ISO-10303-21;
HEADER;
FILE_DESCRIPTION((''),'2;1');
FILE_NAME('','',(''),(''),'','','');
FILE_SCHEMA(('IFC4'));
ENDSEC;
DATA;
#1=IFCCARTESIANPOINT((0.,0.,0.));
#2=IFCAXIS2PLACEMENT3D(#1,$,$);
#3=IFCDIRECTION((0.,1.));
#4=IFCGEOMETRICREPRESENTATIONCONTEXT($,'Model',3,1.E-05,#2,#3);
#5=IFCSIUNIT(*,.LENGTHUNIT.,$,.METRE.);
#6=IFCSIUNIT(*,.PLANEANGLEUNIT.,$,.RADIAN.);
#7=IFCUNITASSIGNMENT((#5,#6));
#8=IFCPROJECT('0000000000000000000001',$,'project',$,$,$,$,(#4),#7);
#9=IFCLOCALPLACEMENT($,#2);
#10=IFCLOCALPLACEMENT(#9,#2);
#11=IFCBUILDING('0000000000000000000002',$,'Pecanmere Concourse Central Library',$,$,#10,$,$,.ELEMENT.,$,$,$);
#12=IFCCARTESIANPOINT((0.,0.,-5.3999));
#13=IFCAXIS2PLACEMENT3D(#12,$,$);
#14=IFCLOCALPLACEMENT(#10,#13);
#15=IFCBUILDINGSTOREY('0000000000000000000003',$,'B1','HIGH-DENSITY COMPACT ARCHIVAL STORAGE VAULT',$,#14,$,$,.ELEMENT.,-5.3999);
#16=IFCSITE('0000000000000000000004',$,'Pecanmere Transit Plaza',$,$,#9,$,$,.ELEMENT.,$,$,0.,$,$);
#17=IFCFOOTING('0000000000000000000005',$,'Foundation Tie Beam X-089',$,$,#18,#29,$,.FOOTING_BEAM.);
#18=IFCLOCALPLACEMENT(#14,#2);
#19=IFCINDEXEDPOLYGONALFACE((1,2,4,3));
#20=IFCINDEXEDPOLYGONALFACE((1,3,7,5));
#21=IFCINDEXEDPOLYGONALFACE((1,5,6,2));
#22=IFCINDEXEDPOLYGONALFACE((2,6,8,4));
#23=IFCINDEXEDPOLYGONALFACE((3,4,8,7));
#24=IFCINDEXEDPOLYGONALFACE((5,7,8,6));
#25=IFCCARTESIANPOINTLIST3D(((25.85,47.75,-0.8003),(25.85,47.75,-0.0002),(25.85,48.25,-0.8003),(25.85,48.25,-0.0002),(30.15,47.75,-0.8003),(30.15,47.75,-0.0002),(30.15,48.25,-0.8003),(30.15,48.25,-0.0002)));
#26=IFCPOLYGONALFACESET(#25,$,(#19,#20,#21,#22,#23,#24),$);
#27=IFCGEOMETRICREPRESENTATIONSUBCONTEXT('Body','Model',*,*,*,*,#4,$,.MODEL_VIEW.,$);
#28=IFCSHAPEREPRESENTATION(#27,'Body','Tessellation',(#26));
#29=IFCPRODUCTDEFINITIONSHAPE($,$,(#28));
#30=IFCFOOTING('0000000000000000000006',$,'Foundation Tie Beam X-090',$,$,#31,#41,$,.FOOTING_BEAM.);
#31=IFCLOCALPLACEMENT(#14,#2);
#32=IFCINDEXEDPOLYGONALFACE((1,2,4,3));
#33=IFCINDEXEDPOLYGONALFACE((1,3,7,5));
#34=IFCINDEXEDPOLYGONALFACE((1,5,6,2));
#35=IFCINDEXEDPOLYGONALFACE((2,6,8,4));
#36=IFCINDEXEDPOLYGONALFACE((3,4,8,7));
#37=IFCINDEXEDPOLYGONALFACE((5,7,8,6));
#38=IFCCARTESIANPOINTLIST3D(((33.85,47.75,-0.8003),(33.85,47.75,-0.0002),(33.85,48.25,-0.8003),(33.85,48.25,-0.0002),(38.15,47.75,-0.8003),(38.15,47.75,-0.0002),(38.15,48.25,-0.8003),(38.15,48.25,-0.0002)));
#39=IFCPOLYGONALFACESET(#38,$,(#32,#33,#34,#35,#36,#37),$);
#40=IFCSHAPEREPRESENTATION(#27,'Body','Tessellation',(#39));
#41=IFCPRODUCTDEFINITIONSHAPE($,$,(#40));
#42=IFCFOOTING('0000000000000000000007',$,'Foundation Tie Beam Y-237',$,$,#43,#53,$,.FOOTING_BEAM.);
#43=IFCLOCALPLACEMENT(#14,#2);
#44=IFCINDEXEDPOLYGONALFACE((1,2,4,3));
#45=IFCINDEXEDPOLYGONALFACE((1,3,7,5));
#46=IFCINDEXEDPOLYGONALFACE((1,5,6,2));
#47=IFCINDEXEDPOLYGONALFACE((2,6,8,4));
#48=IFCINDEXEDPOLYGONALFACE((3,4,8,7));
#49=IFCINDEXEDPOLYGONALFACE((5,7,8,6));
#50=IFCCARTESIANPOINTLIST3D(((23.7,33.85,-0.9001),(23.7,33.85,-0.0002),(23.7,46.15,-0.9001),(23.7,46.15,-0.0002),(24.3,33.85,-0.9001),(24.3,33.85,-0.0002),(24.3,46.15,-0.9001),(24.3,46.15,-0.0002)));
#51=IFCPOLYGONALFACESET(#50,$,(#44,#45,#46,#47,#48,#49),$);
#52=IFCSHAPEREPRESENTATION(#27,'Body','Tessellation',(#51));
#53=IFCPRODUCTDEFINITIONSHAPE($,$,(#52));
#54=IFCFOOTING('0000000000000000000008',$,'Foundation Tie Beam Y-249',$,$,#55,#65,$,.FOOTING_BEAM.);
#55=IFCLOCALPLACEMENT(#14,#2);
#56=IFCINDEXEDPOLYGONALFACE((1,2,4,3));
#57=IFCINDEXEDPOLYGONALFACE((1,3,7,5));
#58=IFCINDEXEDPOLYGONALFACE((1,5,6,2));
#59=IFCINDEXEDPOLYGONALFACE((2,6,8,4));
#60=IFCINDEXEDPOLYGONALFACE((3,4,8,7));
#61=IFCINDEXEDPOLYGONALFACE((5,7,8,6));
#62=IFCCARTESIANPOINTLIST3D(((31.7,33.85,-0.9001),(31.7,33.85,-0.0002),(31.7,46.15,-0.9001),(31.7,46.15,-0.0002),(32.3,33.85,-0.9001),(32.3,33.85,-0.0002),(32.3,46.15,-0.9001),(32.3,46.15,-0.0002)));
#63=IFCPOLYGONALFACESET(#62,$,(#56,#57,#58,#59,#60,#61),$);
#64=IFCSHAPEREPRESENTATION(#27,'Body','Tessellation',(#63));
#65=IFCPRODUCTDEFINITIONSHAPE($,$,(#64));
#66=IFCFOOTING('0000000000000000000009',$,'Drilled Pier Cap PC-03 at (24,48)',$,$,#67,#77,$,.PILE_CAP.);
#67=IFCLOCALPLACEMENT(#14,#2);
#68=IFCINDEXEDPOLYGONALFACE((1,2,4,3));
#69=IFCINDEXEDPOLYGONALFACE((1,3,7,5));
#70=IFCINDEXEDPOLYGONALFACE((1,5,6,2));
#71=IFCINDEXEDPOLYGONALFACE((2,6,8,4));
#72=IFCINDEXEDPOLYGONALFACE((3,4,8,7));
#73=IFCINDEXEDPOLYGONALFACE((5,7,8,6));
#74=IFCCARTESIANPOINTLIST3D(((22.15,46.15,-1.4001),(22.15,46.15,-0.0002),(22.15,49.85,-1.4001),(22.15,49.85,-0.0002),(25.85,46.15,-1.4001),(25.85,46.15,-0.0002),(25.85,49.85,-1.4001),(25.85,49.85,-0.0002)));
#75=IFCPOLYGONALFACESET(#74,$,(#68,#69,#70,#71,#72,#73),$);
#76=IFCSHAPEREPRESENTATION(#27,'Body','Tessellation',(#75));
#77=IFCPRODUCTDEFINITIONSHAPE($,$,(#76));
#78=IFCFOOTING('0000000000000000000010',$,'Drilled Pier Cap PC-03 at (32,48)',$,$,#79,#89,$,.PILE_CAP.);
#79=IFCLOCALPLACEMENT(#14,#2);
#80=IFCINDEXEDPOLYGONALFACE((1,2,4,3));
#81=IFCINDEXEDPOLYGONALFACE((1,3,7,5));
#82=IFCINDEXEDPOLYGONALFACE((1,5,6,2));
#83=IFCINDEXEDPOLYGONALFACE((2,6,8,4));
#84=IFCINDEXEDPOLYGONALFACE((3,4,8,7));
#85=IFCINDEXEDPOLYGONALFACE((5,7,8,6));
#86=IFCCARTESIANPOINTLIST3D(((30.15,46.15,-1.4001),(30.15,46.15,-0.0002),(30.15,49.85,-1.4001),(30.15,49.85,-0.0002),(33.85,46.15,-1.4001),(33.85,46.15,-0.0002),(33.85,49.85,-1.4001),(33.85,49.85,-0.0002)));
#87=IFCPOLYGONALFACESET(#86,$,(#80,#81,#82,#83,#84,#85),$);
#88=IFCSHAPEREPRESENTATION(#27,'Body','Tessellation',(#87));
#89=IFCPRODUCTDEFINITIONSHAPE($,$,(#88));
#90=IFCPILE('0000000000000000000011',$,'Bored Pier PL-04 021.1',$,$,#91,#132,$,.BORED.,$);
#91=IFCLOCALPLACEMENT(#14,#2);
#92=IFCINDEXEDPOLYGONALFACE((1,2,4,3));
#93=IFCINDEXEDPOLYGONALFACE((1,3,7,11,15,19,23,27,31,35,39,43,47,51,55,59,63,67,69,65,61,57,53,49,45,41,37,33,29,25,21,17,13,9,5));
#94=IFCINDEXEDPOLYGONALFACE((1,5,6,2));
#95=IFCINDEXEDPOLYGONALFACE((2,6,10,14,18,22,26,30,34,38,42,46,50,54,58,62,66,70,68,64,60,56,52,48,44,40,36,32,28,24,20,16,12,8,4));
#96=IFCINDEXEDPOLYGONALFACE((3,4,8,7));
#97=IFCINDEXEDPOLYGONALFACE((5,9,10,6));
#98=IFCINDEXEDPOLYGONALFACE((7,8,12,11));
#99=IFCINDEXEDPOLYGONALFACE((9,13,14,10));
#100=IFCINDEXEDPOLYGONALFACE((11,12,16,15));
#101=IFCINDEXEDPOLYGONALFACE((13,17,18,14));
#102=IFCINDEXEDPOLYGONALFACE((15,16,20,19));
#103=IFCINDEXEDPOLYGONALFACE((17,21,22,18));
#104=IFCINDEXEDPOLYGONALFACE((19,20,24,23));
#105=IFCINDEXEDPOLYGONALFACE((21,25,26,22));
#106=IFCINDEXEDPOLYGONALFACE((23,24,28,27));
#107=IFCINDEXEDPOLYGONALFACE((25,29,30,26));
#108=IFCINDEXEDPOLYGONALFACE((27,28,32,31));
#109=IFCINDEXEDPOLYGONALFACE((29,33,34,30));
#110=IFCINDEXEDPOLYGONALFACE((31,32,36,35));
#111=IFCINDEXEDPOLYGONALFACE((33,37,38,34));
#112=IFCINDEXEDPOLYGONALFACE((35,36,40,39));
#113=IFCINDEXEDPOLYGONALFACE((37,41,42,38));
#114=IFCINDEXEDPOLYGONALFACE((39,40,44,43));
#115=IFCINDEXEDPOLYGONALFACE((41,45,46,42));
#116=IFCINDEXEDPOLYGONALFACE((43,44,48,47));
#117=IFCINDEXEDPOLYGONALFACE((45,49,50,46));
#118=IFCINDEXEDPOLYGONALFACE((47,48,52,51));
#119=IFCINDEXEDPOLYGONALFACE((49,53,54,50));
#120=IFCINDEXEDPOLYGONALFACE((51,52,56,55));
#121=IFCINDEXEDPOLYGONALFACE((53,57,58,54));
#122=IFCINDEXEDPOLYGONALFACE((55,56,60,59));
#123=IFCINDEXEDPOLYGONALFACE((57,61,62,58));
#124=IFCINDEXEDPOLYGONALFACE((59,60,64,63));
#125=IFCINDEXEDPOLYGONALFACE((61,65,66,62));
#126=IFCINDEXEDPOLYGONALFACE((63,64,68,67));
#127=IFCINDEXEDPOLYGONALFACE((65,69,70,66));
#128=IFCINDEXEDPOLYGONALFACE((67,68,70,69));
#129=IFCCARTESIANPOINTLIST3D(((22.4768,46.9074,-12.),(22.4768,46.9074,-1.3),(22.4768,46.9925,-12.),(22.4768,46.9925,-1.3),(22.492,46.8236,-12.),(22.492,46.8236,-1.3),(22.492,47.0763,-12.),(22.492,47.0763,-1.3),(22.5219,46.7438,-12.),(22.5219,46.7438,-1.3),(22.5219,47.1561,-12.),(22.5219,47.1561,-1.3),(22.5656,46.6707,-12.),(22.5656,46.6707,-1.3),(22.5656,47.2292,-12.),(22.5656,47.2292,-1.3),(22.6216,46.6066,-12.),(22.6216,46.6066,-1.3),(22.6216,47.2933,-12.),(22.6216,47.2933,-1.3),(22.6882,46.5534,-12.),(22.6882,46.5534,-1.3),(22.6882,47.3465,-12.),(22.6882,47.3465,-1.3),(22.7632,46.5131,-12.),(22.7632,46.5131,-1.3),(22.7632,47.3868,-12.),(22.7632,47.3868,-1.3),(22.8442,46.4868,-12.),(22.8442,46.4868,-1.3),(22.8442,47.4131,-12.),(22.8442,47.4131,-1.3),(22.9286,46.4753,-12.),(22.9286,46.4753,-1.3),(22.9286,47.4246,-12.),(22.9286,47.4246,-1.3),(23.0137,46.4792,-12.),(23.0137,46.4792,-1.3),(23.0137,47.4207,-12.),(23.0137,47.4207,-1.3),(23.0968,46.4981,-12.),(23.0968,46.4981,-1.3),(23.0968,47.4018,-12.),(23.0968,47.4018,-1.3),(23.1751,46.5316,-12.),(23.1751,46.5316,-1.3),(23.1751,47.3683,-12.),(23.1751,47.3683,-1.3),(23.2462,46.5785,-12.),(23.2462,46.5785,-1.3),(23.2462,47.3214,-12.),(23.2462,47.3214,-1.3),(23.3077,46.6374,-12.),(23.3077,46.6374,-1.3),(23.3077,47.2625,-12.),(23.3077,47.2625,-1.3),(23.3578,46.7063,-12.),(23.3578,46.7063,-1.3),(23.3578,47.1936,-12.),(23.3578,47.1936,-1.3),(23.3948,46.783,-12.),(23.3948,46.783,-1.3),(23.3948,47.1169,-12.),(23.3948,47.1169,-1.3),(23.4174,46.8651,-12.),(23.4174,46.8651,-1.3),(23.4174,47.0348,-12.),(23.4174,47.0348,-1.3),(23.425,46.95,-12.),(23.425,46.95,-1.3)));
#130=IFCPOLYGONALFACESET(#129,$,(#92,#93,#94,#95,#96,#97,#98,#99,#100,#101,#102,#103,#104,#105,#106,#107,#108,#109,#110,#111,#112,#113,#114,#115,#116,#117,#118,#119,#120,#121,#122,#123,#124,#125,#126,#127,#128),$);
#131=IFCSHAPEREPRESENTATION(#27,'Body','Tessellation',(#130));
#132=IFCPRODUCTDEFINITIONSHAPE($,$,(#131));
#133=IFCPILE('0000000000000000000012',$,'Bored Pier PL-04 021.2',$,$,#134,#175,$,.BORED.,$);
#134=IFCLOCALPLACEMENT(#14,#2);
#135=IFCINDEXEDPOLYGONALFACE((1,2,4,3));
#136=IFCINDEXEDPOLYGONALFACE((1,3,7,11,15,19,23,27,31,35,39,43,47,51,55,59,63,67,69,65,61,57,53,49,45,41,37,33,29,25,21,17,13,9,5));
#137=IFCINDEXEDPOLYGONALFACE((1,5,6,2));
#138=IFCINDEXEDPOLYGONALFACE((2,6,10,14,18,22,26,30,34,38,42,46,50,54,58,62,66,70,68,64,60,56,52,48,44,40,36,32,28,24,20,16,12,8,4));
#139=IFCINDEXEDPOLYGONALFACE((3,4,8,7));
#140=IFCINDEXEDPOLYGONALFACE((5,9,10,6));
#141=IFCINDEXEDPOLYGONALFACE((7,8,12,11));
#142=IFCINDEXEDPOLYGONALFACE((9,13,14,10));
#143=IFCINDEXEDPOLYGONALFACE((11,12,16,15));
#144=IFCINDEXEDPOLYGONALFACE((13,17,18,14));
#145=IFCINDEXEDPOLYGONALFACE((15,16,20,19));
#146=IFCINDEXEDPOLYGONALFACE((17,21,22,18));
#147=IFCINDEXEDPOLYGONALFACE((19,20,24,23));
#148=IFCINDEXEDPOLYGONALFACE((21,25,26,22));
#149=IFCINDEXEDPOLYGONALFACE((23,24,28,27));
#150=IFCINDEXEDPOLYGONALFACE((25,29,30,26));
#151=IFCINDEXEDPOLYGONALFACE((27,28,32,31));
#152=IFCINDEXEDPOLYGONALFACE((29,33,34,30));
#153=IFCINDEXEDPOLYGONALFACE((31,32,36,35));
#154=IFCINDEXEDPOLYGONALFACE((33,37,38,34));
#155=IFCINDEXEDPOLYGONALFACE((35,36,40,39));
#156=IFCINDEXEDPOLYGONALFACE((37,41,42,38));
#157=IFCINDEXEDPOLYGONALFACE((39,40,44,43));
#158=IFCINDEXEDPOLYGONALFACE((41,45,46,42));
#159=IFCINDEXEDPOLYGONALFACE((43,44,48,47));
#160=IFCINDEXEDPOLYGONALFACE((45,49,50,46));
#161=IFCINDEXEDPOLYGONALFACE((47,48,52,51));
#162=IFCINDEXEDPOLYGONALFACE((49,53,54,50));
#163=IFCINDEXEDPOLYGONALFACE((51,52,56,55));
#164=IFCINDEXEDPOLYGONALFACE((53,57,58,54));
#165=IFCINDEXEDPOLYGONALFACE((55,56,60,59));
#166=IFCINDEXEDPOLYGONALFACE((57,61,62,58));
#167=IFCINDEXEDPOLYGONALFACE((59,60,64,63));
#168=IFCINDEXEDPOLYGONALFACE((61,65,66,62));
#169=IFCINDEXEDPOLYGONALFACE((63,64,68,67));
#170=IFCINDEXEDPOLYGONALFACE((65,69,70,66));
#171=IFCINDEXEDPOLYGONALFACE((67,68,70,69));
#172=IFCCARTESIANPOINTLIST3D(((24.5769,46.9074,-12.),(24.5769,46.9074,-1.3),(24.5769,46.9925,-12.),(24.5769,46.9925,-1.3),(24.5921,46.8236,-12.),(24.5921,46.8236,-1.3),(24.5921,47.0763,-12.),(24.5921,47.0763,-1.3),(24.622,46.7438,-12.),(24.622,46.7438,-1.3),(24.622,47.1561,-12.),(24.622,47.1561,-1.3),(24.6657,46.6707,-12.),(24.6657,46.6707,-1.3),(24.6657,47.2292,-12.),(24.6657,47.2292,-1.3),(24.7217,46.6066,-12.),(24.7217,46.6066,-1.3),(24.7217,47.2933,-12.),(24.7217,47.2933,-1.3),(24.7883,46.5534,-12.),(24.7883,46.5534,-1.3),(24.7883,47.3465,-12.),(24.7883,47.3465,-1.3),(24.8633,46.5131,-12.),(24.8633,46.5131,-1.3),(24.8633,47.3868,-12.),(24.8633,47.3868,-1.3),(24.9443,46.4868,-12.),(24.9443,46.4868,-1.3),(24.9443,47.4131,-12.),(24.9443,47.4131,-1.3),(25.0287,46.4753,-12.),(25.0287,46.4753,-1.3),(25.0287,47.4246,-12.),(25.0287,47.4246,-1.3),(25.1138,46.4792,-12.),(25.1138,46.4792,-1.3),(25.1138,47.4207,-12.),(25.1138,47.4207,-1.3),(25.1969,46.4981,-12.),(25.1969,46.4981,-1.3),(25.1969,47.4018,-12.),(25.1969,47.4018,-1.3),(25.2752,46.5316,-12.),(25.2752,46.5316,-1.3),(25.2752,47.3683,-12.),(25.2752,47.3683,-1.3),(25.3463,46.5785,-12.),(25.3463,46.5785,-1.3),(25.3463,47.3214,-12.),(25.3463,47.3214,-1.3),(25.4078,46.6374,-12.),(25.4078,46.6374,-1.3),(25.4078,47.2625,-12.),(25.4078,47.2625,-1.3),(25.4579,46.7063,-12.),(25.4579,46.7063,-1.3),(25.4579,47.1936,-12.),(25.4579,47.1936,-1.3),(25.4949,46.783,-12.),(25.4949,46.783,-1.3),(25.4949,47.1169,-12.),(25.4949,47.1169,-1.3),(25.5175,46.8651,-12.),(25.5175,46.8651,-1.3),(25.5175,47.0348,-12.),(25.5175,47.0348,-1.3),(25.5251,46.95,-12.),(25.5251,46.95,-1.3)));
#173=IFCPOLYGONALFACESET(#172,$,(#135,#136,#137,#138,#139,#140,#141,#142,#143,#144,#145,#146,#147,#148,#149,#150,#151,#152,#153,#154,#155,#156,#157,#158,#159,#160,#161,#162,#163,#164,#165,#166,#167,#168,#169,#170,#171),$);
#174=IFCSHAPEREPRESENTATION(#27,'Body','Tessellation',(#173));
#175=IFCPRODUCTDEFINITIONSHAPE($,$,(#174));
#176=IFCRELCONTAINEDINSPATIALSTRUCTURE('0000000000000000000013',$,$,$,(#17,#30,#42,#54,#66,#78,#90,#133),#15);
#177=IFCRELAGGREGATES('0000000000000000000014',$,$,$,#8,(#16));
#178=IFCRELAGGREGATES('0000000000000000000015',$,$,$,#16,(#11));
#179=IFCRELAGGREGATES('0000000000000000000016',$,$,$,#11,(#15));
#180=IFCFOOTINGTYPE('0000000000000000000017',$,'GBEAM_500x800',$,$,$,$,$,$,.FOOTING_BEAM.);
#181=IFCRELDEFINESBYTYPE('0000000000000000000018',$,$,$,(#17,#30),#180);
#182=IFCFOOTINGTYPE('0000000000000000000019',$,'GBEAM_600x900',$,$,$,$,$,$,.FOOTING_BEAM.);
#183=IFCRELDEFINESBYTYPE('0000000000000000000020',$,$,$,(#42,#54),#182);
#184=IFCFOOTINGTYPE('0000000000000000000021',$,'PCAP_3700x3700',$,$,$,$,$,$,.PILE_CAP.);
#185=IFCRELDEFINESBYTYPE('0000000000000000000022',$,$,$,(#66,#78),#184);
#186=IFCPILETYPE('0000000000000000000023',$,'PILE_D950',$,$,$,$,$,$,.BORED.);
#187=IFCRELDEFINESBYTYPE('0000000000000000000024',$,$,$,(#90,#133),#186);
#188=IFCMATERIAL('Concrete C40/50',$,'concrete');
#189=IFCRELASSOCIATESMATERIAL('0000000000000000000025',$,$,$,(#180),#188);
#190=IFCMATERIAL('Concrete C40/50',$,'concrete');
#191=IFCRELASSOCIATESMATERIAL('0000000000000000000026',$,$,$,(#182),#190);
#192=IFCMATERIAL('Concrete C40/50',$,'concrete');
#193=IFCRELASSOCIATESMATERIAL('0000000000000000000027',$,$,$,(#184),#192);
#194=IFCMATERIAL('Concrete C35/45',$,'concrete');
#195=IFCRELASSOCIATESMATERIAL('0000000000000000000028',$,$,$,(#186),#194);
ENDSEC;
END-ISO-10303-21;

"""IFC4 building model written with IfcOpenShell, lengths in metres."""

from ifc_helpers import new_model, si_unit, direction, frame, origin, origin_2d, place, context, subcontext, project, spatial, rectangle, circle, extrude, material, material_profile, profile_set, type_object, element, save


model = new_model("IFC4")

# Units and contexts
model_context = context("Model", 3, precision=1e-05, world=origin(), true_north=direction((0.0, 1.0)))
body_context = subcontext(model_context, "Body", "Model", "MODEL_VIEW")
ifc_project = project(units=[si_unit("LENGTHUNIT", "METRE"), si_unit("PLANEANGLEUNIT", "RADIAN")], contexts=[model_context])

# Site, building, storey
site_placement = place(None, origin())
site = spatial("IfcSite", under=ifc_project, at=site_placement, Name="Pecanmere Transit Plaza", CompositionType="ELEMENT", RefElevation=0.0)
building_placement = place(site_placement, origin())
building = spatial("IfcBuilding", under=site, at=building_placement, Name="Pecanmere Concourse Central Library", CompositionType="ELEMENT")
storey_placement = place(building_placement, frame((0.0, 0.0, -5.3999)))
storey = spatial("IfcBuildingStorey", under=building, at=storey_placement, Name="B1", Description="HIGH-DENSITY COMPACT ARCHIVAL STORAGE VAULT", CompositionType="ELEMENT", Elevation=-5.3999)

# Footings
ifc_material_1 = material(Name="Concrete C40/50", Category="concrete")
ifc_material_profile_1 = material_profile(ifc_material_1, rectangle(XDim=0.5, YDim=0.8, at=origin_2d()), Name="RC 500x800")
ifc_profile_set_1 = profile_set([ifc_material_profile_1], Name="Concrete C40/50")
footing_type_1 = type_object("IfcFootingType", Name="GBEAM_500x800", PredefinedType="FOOTING_BEAM", material=ifc_profile_set_1)
for number, where, z_axis, x_axis, name in (
    (1, (28.0, 48.0, -0.8003), (0.0, 0.0, 1.0), (1.0, 0.0, 0.0), "Foundation Tie Beam X-089"),
    (2, (36.0, 48.0, -0.8003), (0.0, 0.0, 1.0), (1.0, 0.0, 0.0), "Foundation Tie Beam X-090"),
):
    element("IfcFooting", number, at=place(storey_placement, frame(where, z_axis=z_axis, x_axis=x_axis)), inside=storey, type_object=footing_type_1, Name=name, PredefinedType="FOOTING_BEAM", context=body_context, shape_type="SweptSolid", body=[
        extrude(rectangle(XDim=4.3, YDim=0.5, at=origin_2d()), origin(), (0.0, 0.0, 1.0), 0.8),
    ])
ifc_material_2 = material(Name="Concrete C40/50", Category="concrete")
ifc_material_profile_2 = material_profile(ifc_material_2, rectangle(XDim=0.6001, YDim=0.8999, at=origin_2d()), Name="RC 600x900")
ifc_profile_set_2 = profile_set([ifc_material_profile_2], Name="Concrete C40/50")
footing_type_2 = type_object("IfcFootingType", Name="GBEAM_600x900", PredefinedType="FOOTING_BEAM", material=ifc_profile_set_2)
for number, where, z_axis, x_axis, name in (
    (3, (24.0, 40.0, -0.9001), (0.0, 0.0, 1.0), (0.0, 1.0, 0.0), "Foundation Tie Beam Y-237"),
    (4, (32.0, 40.0, -0.9001), (0.0, 0.0, 1.0), (0.0, 1.0, 0.0), "Foundation Tie Beam Y-249"),
):
    element("IfcFooting", number, at=place(storey_placement, frame(where, z_axis=z_axis, x_axis=x_axis)), inside=storey, type_object=footing_type_2, Name=name, PredefinedType="FOOTING_BEAM", context=body_context, shape_type="SweptSolid", body=[
        extrude(rectangle(XDim=12.3, YDim=0.6001, at=origin_2d()), origin(), (0.0, 0.0, 1.0), 0.8999),
    ])
ifc_material_3 = material(Name="Concrete C40/50", Category="concrete")
footing_type_3 = type_object("IfcFootingType", Name="PCAP_3700x3700", PredefinedType="PILE_CAP", material=ifc_material_3)
for number, where, z_axis, x_axis, name in (
    (5, (24.0, 48.0, -1.4001), (0.0, 0.0, 1.0), (1.0, 0.0, 0.0), "Drilled Pier Cap PC-03 at (24,48)"),
    (6, (32.0, 48.0, -1.4001), (0.0, 0.0, 1.0), (1.0, 0.0, 0.0), "Drilled Pier Cap PC-03 at (32,48)"),
):
    element("IfcFooting", number, at=place(storey_placement, frame(where, z_axis=z_axis, x_axis=x_axis)), inside=storey, type_object=footing_type_3, Name=name, PredefinedType="PILE_CAP", context=body_context, shape_type="SweptSolid", body=[
        extrude(rectangle(XDim=3.7, YDim=3.7, at=origin_2d()), origin(), (0.0, 0.0, 1.0), 1.3999),
    ])

# Piles
ifc_material_4 = material(Name="Concrete C35/45", Category="concrete")
ifc_material_profile_3 = material_profile(ifc_material_4, circle(Radius=0.4751, at=origin_2d()), Name="PIER D950")
ifc_profile_set_3 = profile_set([ifc_material_profile_3], Name="Concrete C35/45")
pile_type = type_object("IfcPileType", Name="PILE_D950", PredefinedType="BORED", material=ifc_profile_set_3)
for number, where, z_axis, x_axis, name in (
    (7, (22.95, 46.95, -1.3), (0.0, 0.0, -1.0), (1.0, 0.0, 0.0), "Bored Pier PL-04 021.1"),
    (8, (25.05, 46.95, -1.3), (0.0, 0.0, -1.0), (1.0, 0.0, 0.0), "Bored Pier PL-04 021.2"),
):
    element("IfcPile", number, at=place(storey_placement, frame(where, z_axis=z_axis, x_axis=x_axis)), inside=storey, type_object=pile_type, Name=name, PredefinedType="BORED", context=body_context, shape_type="SweptSolid", body=[
        extrude(circle(Radius=0.4751, at=origin_2d()), origin(), (0.0, 0.0, 1.0), 10.7),
    ])

save(model, "model.ifc")
